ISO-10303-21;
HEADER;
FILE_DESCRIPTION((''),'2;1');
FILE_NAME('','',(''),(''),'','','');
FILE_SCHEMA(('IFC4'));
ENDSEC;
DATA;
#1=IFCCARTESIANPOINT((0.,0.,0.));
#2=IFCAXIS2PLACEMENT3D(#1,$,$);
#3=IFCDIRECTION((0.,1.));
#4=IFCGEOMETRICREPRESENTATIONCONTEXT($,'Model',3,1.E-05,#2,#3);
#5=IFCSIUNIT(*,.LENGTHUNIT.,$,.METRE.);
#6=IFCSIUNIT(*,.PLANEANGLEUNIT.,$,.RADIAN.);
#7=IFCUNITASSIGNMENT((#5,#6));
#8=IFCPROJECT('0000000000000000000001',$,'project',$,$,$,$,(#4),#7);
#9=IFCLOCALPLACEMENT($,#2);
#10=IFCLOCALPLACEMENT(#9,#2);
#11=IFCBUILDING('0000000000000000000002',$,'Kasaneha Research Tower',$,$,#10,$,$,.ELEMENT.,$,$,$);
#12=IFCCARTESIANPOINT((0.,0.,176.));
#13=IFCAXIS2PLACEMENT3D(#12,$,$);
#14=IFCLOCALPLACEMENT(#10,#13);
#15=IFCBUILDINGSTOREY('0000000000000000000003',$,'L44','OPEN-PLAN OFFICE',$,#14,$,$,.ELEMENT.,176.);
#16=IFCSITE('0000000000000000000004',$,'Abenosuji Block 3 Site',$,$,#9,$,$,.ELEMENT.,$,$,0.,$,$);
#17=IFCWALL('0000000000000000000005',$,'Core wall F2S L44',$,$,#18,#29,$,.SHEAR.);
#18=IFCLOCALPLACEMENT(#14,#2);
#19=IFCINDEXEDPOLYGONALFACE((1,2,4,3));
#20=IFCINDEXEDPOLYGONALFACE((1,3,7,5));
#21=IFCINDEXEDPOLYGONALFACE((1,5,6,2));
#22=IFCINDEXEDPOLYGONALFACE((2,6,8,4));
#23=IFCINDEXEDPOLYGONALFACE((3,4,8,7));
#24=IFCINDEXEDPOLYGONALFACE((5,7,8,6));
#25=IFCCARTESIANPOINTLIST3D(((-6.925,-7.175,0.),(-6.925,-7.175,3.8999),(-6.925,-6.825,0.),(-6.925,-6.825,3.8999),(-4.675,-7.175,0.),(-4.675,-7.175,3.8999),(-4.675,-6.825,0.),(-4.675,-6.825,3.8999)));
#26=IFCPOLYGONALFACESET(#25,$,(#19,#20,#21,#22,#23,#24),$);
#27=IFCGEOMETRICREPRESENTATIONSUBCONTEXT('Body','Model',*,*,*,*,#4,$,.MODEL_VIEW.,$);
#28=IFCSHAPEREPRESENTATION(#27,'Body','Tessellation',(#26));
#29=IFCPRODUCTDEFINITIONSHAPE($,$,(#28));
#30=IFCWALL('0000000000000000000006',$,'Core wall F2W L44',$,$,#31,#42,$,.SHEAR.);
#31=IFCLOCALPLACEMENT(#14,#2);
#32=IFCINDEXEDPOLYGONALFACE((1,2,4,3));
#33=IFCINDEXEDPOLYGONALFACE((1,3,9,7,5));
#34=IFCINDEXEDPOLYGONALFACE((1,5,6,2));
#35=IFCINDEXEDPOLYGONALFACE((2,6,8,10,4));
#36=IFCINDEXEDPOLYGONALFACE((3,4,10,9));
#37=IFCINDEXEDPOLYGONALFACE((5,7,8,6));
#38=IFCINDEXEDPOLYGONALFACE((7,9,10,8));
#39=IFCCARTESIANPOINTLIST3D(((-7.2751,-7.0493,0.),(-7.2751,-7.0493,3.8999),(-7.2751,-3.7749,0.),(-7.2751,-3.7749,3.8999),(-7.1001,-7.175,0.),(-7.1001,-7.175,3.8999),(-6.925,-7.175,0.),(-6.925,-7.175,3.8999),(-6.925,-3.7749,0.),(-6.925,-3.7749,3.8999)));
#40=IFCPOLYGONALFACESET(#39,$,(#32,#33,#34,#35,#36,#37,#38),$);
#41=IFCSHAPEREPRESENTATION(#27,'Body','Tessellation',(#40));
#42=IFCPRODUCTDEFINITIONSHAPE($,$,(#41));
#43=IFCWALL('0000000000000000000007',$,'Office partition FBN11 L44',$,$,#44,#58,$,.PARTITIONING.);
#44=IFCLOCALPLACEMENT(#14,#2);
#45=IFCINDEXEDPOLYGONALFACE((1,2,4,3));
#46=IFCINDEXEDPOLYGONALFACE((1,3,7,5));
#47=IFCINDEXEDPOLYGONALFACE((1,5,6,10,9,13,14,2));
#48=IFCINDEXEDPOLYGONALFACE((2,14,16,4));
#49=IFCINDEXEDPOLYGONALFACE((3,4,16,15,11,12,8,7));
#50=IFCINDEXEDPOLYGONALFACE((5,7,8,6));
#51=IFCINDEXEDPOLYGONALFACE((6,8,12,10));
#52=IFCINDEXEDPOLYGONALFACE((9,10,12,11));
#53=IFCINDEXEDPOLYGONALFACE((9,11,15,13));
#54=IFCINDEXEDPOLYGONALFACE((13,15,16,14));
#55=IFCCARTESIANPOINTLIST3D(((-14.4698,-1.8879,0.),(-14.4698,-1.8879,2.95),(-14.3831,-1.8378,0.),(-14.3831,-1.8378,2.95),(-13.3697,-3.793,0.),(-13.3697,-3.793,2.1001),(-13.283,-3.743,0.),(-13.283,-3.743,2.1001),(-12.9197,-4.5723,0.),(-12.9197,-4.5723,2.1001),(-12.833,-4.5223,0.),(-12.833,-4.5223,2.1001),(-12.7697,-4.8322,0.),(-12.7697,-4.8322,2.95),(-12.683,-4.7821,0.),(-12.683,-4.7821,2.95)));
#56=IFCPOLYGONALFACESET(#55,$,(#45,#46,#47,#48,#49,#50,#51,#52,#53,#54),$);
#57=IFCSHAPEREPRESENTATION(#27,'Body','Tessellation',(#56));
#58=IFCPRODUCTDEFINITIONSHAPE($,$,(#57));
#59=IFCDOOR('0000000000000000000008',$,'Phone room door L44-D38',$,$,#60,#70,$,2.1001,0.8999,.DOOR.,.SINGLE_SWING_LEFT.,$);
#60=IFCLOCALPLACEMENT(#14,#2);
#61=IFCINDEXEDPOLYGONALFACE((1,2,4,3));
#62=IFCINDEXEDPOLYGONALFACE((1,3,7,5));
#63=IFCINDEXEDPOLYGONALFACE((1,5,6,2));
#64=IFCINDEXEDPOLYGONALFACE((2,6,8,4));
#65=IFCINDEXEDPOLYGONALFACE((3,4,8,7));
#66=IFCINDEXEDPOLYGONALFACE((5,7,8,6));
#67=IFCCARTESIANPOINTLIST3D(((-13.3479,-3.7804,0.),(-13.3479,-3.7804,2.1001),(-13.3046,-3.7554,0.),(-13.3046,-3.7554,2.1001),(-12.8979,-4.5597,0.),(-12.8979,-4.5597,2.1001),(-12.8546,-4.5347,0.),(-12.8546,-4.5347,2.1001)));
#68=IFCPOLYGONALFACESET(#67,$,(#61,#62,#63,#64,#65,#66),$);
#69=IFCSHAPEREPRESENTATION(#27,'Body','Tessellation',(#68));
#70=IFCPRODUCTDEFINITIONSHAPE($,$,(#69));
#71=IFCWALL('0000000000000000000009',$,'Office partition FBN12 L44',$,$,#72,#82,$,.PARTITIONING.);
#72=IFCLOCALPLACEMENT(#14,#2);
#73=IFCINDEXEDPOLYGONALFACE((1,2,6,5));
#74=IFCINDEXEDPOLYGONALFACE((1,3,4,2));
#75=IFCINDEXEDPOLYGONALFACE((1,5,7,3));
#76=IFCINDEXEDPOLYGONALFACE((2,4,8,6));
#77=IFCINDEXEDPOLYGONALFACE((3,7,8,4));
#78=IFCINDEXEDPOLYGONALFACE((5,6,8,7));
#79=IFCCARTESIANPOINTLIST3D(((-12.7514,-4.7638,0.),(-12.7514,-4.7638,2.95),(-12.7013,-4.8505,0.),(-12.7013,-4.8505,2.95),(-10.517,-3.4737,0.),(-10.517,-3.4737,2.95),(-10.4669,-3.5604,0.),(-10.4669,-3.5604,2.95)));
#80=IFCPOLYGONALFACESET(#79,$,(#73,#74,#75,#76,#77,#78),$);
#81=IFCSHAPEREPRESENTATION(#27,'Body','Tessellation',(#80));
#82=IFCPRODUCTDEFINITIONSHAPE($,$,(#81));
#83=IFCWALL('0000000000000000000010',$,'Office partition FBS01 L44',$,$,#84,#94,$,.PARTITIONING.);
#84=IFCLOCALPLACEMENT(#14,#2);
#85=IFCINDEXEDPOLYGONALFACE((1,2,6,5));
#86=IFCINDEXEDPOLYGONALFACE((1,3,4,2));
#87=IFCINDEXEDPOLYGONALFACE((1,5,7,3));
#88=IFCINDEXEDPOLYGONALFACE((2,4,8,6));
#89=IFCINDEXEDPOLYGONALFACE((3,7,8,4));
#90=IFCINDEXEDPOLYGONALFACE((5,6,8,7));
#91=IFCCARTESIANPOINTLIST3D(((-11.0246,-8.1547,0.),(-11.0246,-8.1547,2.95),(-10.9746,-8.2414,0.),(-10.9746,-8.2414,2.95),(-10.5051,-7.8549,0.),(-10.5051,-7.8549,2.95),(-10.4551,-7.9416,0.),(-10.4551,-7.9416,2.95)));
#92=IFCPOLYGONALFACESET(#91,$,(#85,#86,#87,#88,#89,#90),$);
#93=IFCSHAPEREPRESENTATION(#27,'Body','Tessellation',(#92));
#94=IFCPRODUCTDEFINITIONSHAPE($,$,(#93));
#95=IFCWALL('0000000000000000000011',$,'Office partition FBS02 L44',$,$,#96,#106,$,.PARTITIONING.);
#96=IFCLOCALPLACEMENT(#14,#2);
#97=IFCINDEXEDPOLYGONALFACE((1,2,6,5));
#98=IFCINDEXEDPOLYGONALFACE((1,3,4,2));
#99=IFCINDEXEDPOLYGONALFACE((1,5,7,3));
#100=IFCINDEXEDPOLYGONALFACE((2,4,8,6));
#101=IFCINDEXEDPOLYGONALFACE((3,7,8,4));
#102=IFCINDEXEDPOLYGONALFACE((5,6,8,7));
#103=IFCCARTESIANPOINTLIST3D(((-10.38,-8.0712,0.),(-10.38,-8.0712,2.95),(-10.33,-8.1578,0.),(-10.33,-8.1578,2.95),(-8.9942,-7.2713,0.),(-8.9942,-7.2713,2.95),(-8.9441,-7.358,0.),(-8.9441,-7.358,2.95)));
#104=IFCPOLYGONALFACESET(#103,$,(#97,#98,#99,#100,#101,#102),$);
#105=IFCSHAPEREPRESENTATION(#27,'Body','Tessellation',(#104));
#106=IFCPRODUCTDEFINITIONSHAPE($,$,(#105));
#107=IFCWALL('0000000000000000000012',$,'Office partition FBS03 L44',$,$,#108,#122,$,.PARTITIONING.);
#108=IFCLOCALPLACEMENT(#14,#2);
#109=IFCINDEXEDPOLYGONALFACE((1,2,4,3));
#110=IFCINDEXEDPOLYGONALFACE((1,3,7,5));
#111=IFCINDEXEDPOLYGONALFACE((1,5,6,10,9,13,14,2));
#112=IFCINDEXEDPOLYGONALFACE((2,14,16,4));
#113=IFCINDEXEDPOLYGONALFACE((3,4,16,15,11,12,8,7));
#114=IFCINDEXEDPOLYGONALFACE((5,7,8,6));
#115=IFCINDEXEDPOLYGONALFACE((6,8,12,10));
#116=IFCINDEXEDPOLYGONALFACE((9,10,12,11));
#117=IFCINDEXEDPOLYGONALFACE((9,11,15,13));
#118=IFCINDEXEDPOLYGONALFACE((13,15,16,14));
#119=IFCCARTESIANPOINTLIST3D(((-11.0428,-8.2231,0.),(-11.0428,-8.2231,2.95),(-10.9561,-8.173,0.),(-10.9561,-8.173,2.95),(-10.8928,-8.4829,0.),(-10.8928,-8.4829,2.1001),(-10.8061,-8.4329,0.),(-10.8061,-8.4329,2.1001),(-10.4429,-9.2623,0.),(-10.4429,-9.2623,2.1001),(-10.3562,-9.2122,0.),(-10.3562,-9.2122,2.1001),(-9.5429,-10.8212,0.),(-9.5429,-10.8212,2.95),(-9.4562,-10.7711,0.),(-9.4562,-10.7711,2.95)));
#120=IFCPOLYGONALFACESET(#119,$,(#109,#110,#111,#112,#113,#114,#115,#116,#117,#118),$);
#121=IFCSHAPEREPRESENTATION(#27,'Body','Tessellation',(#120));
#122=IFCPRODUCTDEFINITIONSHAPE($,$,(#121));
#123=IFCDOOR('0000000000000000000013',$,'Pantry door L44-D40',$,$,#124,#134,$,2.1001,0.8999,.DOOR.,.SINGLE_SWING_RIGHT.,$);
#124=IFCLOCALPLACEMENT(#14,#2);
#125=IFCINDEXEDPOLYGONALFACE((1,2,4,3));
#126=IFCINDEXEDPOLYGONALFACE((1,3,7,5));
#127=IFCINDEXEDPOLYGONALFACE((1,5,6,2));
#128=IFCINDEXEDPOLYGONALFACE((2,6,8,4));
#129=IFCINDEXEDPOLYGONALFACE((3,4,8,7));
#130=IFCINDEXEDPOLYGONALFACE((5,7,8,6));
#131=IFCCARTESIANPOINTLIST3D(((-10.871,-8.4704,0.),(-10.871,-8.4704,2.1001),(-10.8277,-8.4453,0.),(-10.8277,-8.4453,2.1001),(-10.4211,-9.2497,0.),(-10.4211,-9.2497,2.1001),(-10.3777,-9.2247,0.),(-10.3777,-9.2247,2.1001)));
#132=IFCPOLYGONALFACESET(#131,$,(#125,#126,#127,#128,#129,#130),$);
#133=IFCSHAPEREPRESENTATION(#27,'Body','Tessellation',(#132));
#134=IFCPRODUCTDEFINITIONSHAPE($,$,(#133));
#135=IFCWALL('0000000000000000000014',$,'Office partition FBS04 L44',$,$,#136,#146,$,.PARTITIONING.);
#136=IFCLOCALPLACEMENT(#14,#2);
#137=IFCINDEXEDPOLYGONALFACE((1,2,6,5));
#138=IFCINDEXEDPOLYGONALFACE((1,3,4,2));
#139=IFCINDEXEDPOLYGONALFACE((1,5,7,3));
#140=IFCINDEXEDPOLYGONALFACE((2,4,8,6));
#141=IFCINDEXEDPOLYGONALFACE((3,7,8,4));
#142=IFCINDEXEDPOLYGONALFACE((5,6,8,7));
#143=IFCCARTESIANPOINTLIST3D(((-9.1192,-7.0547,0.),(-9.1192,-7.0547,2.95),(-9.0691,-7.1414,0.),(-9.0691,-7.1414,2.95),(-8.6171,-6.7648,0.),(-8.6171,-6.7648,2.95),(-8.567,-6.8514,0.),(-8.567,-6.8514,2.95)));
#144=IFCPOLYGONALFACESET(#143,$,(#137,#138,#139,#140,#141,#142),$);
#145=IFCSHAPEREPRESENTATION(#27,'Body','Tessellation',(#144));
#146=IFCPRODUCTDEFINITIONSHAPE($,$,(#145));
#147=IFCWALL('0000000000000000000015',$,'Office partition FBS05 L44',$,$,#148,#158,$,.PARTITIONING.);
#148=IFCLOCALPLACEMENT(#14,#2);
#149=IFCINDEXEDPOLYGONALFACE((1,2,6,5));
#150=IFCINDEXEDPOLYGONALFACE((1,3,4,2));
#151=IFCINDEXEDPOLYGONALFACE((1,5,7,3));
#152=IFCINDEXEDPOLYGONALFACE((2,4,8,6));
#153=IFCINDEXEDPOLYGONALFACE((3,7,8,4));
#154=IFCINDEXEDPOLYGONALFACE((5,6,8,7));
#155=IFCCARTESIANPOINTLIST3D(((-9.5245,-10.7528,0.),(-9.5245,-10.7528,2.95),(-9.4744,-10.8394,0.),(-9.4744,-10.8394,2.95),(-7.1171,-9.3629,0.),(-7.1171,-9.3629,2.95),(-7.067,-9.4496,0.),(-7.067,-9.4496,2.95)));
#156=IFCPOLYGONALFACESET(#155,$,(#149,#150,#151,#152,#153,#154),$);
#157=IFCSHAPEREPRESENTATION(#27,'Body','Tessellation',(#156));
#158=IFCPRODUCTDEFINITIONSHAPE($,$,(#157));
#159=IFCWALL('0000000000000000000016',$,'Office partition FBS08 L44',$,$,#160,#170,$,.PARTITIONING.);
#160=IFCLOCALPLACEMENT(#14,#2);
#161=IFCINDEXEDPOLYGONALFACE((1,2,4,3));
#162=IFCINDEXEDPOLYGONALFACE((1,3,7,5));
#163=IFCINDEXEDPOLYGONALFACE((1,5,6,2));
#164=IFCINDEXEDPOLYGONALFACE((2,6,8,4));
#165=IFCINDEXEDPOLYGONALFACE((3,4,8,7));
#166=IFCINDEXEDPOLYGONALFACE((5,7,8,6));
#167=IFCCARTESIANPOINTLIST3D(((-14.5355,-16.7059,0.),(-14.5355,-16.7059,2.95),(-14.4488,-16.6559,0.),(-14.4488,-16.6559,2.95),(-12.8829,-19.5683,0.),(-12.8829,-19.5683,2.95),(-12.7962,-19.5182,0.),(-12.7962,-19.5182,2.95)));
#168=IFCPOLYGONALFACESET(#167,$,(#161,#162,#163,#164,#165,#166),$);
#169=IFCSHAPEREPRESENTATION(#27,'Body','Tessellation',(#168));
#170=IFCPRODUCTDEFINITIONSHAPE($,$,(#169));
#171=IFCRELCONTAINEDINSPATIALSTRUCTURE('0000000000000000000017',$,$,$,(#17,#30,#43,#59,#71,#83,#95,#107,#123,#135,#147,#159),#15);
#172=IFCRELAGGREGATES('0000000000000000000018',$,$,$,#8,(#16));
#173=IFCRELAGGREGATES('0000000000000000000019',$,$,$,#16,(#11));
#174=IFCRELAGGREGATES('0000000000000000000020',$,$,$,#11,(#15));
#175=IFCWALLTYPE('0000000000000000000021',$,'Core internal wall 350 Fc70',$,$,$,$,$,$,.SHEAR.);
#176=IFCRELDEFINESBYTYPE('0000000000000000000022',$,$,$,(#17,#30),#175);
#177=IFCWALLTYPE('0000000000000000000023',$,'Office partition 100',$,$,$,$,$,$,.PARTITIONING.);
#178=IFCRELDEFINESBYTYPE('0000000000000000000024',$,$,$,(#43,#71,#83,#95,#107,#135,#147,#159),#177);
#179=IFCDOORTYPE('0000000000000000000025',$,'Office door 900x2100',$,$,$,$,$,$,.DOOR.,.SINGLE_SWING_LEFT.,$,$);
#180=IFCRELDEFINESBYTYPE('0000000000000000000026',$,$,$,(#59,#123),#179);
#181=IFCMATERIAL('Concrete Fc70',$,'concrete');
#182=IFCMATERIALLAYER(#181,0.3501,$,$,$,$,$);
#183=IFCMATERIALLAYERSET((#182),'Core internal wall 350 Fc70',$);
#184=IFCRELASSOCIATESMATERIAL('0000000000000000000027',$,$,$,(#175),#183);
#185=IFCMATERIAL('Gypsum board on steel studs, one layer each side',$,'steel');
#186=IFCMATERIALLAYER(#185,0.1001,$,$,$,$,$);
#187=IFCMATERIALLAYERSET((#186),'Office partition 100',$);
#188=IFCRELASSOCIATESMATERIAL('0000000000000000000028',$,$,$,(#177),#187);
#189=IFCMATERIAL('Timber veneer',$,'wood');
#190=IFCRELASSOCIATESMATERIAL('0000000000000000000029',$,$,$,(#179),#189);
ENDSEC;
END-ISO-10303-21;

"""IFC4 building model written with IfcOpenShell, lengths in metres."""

from ifc_helpers import new_model, si_unit, direction, frame, frame_2d, origin, place, context, subcontext, project, spatial, polyline, rectangle, outline, extrude, material, layer, layer_set, type_object, element, fill, save


model = new_model("IFC4")

# Units and contexts
model_context = context("Model", 3, precision=1e-05, world=origin(), true_north=direction((0.0, 1.0)))
body_context = subcontext(model_context, "Body", "Model", "MODEL_VIEW")
ifc_project = project(units=[si_unit("LENGTHUNIT", "METRE"), si_unit("PLANEANGLEUNIT", "RADIAN")], contexts=[model_context])

# Site, building, storey
site_placement = place(None, origin())
site = spatial("IfcSite", under=ifc_project, at=site_placement, Name="Abenosuji Block 3 Site", CompositionType="ELEMENT", RefElevation=0.0)
building_placement = place(site_placement, origin())
building = spatial("IfcBuilding", under=site, at=building_placement, Name="Kasaneha Research Tower", CompositionType="ELEMENT")
storey_placement = place(building_placement, frame((0.0, 0.0, 176.0)))
storey = spatial("IfcBuildingStorey", under=building, at=storey_placement, Name="L44", Description="OPEN-PLAN OFFICE", CompositionType="ELEMENT", Elevation=176.0)

# Shared definitions
ifc_material_1 = material(Name="Concrete Fc70", Category="concrete")
ifc_layer_1 = layer(ifc_material_1, 0.3501)
ifc_layer_set_1 = layer_set([ifc_layer_1], Name="Core internal wall 350 Fc70")
wall_type_1 = type_object("IfcWallType", Name="Core internal wall 350 Fc70", PredefinedType="SHEAR", material=ifc_layer_set_1)

# Walls
wall_1_placement = place(storey_placement, frame((-6.925, -7.0, 0.0), z_axis=(0.0, 0.0, 1.0), x_axis=(1.0, 0.0, 0.0)))
element("IfcWall", 1, at=wall_1_placement, inside=storey, type_object=wall_type_1, Name="Core wall F2S L44", PredefinedType="SHEAR", context=body_context, shape_type="SweptSolid", body=[
    extrude(rectangle(XDim=2.25, YDim=0.3501, at=frame_2d((1.125, 0.0))), origin(), (0.0, 0.0, 1.0), 3.8999),
])
wall_2_placement = place(storey_placement, frame((-7.1001, -3.7749, 0.0), z_axis=(0.0, 0.0, 1.0), x_axis=(0.0, -1.0, 0.0)))
element("IfcWall", 2, at=wall_2_placement, inside=storey, type_object=wall_type_1, Name="Core wall F2W L44", PredefinedType="SHEAR", context=body_context, shape_type="SweptSolid", body=[
    extrude(outline(polyline([(0.0, -0.175), (3.2744, -0.175), (3.4001, 0.0), (3.4001, 0.175), (0.0, 0.175), (0.0, -0.175)])), origin(), (0.0, 0.0, 1.0), 3.8999),
])

# Wall, opening, door
ifc_material_2 = material(Name="Gypsum board on steel studs, one layer each side", Category="steel")
ifc_layer_2 = layer(ifc_material_2, 0.1001)
ifc_layer_set_2 = layer_set([ifc_layer_2], Name="Office partition 100")
wall_type_2 = type_object("IfcWallType", Name="Office partition 100", PredefinedType="PARTITIONING", material=ifc_layer_set_2)
wall_3_placement = place(storey_placement, frame((-12.7263, -4.8071, 0.0), z_axis=(0.0, 0.0, 1.0), x_axis=(-0.500062, 0.865989, 0.0)))
wall_3 = element("IfcWall", 3, at=wall_3_placement, inside=storey, type_object=wall_type_2, Name="Office partition FBN11 L44", PredefinedType="PARTITIONING", context=body_context, shape_type="SweptSolid", body=[
    extrude(rectangle(XDim=3.3999, YDim=0.1001, at=frame_2d((1.7, 0.0))), origin(), (0.0, 0.0, 1.0), 2.95),
])
opening_1_placement = place(wall_3_placement, frame((0.3, 0.0, 0.0)))
opening_1 = element("IfcOpeningElement", 4, at=opening_1_placement, cuts=wall_3, PredefinedType="OPENING", context=body_context, shape_type="SweptSolid", body=[
    extrude(rectangle(XDim=0.8999, YDim=2.1001, at=frame_2d((0.45, 1.05))), frame((0.0, 0.0601, 0.0), z_axis=(0.0, -1.0, 0.0), x_axis=(1.0, 0.0, 0.0)), (0.0, 0.0, 1.0), 0.1201),
])
ifc_material_3 = material(Name="Timber veneer", Category="wood")
door_type_1 = type_object("IfcDoorType", Name="Office door 900x2100", OperationType="SINGLE_SWING_LEFT", PredefinedType="DOOR", material=ifc_material_3)
door_1_placement = place(opening_1_placement, origin())
door_1 = element("IfcDoor", 5, at=door_1_placement, inside=storey, type_object=door_type_1, Name="Phone room door L44-D38", OperationType="SINGLE_SWING_LEFT", OverallHeight=2.1001, OverallWidth=0.8999, PredefinedType="DOOR", context=body_context, shape_type="SweptSolid", body=[
    extrude(rectangle(XDim=0.8999, YDim=2.1001, at=frame_2d((0.45, 1.05))), frame((0.0, 0.0249, 0.0), z_axis=(0.0, -1.0, 0.0), x_axis=(1.0, 0.0, 0.0)), (0.0, 0.0, 1.0), 0.05),
])
fill(opening_1, door_1)

# Walls
wall_4_placement = place(storey_placement, frame((-10.4919, -3.5171, 0.0), z_axis=(0.0, 0.0, 1.0), x_axis=(-0.866022, -0.500006, 0.0)))
element("IfcWall", 6, at=wall_4_placement, inside=storey, type_object=wall_type_2, Name="Office partition FBN12 L44", PredefinedType="PARTITIONING", context=body_context, shape_type="SweptSolid", body=[
    extrude(rectangle(XDim=2.5801, YDim=0.1001, at=frame_2d((1.29, 0.0))), origin(), (0.0, 0.0, 1.0), 2.95),
])
wall_5_placement = place(storey_placement, frame((-10.9995, -8.198, 0.0), z_axis=(0.0, 0.0, 1.0), x_axis=(0.866131, 0.499816, 0.0)))
element("IfcWall", 7, at=wall_5_placement, inside=storey, type_object=wall_type_2, Name="Office partition FBS01 L44", PredefinedType="PARTITIONING", context=body_context, shape_type="SweptSolid", body=[
    extrude(rectangle(XDim=0.5999, YDim=0.1001, at=frame_2d((0.2998, 0.0))), origin(), (0.0, 0.0, 1.0), 2.95),
])
wall_6_placement = place(storey_placement, frame((-10.355, -8.1145, 0.0), z_axis=(0.0, 0.0, 1.0), x_axis=(0.866094, 0.499881, 0.0)))
element("IfcWall", 8, at=wall_6_placement, inside=storey, type_object=wall_type_2, Name="Office partition FBS02 L44", PredefinedType="PARTITIONING", context=body_context, shape_type="SweptSolid", body=[
    extrude(rectangle(XDim=1.6001, YDim=0.1001, at=frame_2d((0.8, 0.0))), origin(), (0.0, 0.0, 1.0), 2.95),
])

# Wall, opening, door
wall_7_placement = place(storey_placement, frame((-9.4995, -10.7961, 0.0), z_axis=(0.0, 0.0, 1.0), x_axis=(-0.49999, 0.866031, 0.0)))
wall_7 = element("IfcWall", 9, at=wall_7_placement, inside=storey, type_object=wall_type_2, Name="Office partition FBS03 L44", PredefinedType="PARTITIONING", context=body_context, shape_type="SweptSolid", body=[
    extrude(rectangle(XDim=3.0, YDim=0.1001, at=frame_2d((1.5, 0.0))), origin(), (0.0, 0.0, 1.0), 2.95),
])
opening_2_placement = place(wall_7_placement, frame((1.8, 0.0, 0.0)))
opening_2 = element("IfcOpeningElement", 10, at=opening_2_placement, cuts=wall_7, PredefinedType="OPENING", context=body_context, shape_type="SweptSolid", body=[
    extrude(rectangle(XDim=0.8999, YDim=2.1001, at=frame_2d((0.45, 1.05))), frame((0.0, 0.0601, 0.0), z_axis=(0.0, -1.0, 0.0), x_axis=(1.0, 0.0, 0.0)), (0.0, 0.0, 1.0), 0.1201),
])
door_2_placement = place(opening_2_placement, origin())
door_2 = element("IfcDoor", 11, at=door_2_placement, inside=storey, type_object=door_type_1, Name="Pantry door L44-D40", OperationType="SINGLE_SWING_RIGHT", OverallHeight=2.1001, OverallWidth=0.8999, PredefinedType="DOOR", context=body_context, shape_type="SweptSolid", body=[
    extrude(rectangle(XDim=0.8999, YDim=2.1001, at=frame_2d((0.45, 1.05))), frame((0.0, 0.0249, 0.0), z_axis=(0.0, -1.0, 0.0), x_axis=(1.0, 0.0, 0.0)), (0.0, 0.0, 1.0), 0.05),
])
fill(opening_2, door_2)

# Walls
wall_8_placement = place(storey_placement, frame((-9.0942, -7.0981, 0.0), z_axis=(0.0, 0.0, 1.0), x_axis=(0.865954, 0.500123, 0.0)))
element("IfcWall", 12, at=wall_8_placement, inside=storey, type_object=wall_type_2, Name="Office partition FBS04 L44", PredefinedType="PARTITIONING", context=body_context, shape_type="SweptSolid", body=[
    extrude(rectangle(XDim=0.5798, YDim=0.1001, at=frame_2d((0.29, 0.0))), origin(), (0.0, 0.0, 1.0), 2.95),
])
wall_9_placement = place(storey_placement, frame((-7.092, -9.4062, 0.0), z_axis=(0.0, 0.0, 1.0), x_axis=(-0.866035, -0.499983, 0.0)))
element("IfcWall", 13, at=wall_9_placement, inside=storey, type_object=wall_type_2, Name="Office partition FBS05 L44", PredefinedType="PARTITIONING", context=body_context, shape_type="SweptSolid", body=[
    extrude(rectangle(XDim=2.7798, YDim=0.1001, at=frame_2d((1.3899, 0.0))), origin(), (0.0, 0.0, 1.0), 2.95),
])
wall_10_placement = place(storey_placement, frame((-14.4922, -16.6809, 0.0), z_axis=(0.0, 0.0, 1.0), x_axis=(0.500008, -0.866021, 0.0)))
element("IfcWall", 14, at=wall_10_placement, inside=storey, type_object=wall_type_2, Name="Office partition FBS08 L44", PredefinedType="PARTITIONING", context=body_context, shape_type="SweptSolid", body=[
    extrude(rectangle(XDim=3.3052, YDim=0.1001, at=frame_2d((1.6526, 0.0))), origin(), (0.0, 0.0, 1.0), 2.95),
])

save(model, "model.ifc")
